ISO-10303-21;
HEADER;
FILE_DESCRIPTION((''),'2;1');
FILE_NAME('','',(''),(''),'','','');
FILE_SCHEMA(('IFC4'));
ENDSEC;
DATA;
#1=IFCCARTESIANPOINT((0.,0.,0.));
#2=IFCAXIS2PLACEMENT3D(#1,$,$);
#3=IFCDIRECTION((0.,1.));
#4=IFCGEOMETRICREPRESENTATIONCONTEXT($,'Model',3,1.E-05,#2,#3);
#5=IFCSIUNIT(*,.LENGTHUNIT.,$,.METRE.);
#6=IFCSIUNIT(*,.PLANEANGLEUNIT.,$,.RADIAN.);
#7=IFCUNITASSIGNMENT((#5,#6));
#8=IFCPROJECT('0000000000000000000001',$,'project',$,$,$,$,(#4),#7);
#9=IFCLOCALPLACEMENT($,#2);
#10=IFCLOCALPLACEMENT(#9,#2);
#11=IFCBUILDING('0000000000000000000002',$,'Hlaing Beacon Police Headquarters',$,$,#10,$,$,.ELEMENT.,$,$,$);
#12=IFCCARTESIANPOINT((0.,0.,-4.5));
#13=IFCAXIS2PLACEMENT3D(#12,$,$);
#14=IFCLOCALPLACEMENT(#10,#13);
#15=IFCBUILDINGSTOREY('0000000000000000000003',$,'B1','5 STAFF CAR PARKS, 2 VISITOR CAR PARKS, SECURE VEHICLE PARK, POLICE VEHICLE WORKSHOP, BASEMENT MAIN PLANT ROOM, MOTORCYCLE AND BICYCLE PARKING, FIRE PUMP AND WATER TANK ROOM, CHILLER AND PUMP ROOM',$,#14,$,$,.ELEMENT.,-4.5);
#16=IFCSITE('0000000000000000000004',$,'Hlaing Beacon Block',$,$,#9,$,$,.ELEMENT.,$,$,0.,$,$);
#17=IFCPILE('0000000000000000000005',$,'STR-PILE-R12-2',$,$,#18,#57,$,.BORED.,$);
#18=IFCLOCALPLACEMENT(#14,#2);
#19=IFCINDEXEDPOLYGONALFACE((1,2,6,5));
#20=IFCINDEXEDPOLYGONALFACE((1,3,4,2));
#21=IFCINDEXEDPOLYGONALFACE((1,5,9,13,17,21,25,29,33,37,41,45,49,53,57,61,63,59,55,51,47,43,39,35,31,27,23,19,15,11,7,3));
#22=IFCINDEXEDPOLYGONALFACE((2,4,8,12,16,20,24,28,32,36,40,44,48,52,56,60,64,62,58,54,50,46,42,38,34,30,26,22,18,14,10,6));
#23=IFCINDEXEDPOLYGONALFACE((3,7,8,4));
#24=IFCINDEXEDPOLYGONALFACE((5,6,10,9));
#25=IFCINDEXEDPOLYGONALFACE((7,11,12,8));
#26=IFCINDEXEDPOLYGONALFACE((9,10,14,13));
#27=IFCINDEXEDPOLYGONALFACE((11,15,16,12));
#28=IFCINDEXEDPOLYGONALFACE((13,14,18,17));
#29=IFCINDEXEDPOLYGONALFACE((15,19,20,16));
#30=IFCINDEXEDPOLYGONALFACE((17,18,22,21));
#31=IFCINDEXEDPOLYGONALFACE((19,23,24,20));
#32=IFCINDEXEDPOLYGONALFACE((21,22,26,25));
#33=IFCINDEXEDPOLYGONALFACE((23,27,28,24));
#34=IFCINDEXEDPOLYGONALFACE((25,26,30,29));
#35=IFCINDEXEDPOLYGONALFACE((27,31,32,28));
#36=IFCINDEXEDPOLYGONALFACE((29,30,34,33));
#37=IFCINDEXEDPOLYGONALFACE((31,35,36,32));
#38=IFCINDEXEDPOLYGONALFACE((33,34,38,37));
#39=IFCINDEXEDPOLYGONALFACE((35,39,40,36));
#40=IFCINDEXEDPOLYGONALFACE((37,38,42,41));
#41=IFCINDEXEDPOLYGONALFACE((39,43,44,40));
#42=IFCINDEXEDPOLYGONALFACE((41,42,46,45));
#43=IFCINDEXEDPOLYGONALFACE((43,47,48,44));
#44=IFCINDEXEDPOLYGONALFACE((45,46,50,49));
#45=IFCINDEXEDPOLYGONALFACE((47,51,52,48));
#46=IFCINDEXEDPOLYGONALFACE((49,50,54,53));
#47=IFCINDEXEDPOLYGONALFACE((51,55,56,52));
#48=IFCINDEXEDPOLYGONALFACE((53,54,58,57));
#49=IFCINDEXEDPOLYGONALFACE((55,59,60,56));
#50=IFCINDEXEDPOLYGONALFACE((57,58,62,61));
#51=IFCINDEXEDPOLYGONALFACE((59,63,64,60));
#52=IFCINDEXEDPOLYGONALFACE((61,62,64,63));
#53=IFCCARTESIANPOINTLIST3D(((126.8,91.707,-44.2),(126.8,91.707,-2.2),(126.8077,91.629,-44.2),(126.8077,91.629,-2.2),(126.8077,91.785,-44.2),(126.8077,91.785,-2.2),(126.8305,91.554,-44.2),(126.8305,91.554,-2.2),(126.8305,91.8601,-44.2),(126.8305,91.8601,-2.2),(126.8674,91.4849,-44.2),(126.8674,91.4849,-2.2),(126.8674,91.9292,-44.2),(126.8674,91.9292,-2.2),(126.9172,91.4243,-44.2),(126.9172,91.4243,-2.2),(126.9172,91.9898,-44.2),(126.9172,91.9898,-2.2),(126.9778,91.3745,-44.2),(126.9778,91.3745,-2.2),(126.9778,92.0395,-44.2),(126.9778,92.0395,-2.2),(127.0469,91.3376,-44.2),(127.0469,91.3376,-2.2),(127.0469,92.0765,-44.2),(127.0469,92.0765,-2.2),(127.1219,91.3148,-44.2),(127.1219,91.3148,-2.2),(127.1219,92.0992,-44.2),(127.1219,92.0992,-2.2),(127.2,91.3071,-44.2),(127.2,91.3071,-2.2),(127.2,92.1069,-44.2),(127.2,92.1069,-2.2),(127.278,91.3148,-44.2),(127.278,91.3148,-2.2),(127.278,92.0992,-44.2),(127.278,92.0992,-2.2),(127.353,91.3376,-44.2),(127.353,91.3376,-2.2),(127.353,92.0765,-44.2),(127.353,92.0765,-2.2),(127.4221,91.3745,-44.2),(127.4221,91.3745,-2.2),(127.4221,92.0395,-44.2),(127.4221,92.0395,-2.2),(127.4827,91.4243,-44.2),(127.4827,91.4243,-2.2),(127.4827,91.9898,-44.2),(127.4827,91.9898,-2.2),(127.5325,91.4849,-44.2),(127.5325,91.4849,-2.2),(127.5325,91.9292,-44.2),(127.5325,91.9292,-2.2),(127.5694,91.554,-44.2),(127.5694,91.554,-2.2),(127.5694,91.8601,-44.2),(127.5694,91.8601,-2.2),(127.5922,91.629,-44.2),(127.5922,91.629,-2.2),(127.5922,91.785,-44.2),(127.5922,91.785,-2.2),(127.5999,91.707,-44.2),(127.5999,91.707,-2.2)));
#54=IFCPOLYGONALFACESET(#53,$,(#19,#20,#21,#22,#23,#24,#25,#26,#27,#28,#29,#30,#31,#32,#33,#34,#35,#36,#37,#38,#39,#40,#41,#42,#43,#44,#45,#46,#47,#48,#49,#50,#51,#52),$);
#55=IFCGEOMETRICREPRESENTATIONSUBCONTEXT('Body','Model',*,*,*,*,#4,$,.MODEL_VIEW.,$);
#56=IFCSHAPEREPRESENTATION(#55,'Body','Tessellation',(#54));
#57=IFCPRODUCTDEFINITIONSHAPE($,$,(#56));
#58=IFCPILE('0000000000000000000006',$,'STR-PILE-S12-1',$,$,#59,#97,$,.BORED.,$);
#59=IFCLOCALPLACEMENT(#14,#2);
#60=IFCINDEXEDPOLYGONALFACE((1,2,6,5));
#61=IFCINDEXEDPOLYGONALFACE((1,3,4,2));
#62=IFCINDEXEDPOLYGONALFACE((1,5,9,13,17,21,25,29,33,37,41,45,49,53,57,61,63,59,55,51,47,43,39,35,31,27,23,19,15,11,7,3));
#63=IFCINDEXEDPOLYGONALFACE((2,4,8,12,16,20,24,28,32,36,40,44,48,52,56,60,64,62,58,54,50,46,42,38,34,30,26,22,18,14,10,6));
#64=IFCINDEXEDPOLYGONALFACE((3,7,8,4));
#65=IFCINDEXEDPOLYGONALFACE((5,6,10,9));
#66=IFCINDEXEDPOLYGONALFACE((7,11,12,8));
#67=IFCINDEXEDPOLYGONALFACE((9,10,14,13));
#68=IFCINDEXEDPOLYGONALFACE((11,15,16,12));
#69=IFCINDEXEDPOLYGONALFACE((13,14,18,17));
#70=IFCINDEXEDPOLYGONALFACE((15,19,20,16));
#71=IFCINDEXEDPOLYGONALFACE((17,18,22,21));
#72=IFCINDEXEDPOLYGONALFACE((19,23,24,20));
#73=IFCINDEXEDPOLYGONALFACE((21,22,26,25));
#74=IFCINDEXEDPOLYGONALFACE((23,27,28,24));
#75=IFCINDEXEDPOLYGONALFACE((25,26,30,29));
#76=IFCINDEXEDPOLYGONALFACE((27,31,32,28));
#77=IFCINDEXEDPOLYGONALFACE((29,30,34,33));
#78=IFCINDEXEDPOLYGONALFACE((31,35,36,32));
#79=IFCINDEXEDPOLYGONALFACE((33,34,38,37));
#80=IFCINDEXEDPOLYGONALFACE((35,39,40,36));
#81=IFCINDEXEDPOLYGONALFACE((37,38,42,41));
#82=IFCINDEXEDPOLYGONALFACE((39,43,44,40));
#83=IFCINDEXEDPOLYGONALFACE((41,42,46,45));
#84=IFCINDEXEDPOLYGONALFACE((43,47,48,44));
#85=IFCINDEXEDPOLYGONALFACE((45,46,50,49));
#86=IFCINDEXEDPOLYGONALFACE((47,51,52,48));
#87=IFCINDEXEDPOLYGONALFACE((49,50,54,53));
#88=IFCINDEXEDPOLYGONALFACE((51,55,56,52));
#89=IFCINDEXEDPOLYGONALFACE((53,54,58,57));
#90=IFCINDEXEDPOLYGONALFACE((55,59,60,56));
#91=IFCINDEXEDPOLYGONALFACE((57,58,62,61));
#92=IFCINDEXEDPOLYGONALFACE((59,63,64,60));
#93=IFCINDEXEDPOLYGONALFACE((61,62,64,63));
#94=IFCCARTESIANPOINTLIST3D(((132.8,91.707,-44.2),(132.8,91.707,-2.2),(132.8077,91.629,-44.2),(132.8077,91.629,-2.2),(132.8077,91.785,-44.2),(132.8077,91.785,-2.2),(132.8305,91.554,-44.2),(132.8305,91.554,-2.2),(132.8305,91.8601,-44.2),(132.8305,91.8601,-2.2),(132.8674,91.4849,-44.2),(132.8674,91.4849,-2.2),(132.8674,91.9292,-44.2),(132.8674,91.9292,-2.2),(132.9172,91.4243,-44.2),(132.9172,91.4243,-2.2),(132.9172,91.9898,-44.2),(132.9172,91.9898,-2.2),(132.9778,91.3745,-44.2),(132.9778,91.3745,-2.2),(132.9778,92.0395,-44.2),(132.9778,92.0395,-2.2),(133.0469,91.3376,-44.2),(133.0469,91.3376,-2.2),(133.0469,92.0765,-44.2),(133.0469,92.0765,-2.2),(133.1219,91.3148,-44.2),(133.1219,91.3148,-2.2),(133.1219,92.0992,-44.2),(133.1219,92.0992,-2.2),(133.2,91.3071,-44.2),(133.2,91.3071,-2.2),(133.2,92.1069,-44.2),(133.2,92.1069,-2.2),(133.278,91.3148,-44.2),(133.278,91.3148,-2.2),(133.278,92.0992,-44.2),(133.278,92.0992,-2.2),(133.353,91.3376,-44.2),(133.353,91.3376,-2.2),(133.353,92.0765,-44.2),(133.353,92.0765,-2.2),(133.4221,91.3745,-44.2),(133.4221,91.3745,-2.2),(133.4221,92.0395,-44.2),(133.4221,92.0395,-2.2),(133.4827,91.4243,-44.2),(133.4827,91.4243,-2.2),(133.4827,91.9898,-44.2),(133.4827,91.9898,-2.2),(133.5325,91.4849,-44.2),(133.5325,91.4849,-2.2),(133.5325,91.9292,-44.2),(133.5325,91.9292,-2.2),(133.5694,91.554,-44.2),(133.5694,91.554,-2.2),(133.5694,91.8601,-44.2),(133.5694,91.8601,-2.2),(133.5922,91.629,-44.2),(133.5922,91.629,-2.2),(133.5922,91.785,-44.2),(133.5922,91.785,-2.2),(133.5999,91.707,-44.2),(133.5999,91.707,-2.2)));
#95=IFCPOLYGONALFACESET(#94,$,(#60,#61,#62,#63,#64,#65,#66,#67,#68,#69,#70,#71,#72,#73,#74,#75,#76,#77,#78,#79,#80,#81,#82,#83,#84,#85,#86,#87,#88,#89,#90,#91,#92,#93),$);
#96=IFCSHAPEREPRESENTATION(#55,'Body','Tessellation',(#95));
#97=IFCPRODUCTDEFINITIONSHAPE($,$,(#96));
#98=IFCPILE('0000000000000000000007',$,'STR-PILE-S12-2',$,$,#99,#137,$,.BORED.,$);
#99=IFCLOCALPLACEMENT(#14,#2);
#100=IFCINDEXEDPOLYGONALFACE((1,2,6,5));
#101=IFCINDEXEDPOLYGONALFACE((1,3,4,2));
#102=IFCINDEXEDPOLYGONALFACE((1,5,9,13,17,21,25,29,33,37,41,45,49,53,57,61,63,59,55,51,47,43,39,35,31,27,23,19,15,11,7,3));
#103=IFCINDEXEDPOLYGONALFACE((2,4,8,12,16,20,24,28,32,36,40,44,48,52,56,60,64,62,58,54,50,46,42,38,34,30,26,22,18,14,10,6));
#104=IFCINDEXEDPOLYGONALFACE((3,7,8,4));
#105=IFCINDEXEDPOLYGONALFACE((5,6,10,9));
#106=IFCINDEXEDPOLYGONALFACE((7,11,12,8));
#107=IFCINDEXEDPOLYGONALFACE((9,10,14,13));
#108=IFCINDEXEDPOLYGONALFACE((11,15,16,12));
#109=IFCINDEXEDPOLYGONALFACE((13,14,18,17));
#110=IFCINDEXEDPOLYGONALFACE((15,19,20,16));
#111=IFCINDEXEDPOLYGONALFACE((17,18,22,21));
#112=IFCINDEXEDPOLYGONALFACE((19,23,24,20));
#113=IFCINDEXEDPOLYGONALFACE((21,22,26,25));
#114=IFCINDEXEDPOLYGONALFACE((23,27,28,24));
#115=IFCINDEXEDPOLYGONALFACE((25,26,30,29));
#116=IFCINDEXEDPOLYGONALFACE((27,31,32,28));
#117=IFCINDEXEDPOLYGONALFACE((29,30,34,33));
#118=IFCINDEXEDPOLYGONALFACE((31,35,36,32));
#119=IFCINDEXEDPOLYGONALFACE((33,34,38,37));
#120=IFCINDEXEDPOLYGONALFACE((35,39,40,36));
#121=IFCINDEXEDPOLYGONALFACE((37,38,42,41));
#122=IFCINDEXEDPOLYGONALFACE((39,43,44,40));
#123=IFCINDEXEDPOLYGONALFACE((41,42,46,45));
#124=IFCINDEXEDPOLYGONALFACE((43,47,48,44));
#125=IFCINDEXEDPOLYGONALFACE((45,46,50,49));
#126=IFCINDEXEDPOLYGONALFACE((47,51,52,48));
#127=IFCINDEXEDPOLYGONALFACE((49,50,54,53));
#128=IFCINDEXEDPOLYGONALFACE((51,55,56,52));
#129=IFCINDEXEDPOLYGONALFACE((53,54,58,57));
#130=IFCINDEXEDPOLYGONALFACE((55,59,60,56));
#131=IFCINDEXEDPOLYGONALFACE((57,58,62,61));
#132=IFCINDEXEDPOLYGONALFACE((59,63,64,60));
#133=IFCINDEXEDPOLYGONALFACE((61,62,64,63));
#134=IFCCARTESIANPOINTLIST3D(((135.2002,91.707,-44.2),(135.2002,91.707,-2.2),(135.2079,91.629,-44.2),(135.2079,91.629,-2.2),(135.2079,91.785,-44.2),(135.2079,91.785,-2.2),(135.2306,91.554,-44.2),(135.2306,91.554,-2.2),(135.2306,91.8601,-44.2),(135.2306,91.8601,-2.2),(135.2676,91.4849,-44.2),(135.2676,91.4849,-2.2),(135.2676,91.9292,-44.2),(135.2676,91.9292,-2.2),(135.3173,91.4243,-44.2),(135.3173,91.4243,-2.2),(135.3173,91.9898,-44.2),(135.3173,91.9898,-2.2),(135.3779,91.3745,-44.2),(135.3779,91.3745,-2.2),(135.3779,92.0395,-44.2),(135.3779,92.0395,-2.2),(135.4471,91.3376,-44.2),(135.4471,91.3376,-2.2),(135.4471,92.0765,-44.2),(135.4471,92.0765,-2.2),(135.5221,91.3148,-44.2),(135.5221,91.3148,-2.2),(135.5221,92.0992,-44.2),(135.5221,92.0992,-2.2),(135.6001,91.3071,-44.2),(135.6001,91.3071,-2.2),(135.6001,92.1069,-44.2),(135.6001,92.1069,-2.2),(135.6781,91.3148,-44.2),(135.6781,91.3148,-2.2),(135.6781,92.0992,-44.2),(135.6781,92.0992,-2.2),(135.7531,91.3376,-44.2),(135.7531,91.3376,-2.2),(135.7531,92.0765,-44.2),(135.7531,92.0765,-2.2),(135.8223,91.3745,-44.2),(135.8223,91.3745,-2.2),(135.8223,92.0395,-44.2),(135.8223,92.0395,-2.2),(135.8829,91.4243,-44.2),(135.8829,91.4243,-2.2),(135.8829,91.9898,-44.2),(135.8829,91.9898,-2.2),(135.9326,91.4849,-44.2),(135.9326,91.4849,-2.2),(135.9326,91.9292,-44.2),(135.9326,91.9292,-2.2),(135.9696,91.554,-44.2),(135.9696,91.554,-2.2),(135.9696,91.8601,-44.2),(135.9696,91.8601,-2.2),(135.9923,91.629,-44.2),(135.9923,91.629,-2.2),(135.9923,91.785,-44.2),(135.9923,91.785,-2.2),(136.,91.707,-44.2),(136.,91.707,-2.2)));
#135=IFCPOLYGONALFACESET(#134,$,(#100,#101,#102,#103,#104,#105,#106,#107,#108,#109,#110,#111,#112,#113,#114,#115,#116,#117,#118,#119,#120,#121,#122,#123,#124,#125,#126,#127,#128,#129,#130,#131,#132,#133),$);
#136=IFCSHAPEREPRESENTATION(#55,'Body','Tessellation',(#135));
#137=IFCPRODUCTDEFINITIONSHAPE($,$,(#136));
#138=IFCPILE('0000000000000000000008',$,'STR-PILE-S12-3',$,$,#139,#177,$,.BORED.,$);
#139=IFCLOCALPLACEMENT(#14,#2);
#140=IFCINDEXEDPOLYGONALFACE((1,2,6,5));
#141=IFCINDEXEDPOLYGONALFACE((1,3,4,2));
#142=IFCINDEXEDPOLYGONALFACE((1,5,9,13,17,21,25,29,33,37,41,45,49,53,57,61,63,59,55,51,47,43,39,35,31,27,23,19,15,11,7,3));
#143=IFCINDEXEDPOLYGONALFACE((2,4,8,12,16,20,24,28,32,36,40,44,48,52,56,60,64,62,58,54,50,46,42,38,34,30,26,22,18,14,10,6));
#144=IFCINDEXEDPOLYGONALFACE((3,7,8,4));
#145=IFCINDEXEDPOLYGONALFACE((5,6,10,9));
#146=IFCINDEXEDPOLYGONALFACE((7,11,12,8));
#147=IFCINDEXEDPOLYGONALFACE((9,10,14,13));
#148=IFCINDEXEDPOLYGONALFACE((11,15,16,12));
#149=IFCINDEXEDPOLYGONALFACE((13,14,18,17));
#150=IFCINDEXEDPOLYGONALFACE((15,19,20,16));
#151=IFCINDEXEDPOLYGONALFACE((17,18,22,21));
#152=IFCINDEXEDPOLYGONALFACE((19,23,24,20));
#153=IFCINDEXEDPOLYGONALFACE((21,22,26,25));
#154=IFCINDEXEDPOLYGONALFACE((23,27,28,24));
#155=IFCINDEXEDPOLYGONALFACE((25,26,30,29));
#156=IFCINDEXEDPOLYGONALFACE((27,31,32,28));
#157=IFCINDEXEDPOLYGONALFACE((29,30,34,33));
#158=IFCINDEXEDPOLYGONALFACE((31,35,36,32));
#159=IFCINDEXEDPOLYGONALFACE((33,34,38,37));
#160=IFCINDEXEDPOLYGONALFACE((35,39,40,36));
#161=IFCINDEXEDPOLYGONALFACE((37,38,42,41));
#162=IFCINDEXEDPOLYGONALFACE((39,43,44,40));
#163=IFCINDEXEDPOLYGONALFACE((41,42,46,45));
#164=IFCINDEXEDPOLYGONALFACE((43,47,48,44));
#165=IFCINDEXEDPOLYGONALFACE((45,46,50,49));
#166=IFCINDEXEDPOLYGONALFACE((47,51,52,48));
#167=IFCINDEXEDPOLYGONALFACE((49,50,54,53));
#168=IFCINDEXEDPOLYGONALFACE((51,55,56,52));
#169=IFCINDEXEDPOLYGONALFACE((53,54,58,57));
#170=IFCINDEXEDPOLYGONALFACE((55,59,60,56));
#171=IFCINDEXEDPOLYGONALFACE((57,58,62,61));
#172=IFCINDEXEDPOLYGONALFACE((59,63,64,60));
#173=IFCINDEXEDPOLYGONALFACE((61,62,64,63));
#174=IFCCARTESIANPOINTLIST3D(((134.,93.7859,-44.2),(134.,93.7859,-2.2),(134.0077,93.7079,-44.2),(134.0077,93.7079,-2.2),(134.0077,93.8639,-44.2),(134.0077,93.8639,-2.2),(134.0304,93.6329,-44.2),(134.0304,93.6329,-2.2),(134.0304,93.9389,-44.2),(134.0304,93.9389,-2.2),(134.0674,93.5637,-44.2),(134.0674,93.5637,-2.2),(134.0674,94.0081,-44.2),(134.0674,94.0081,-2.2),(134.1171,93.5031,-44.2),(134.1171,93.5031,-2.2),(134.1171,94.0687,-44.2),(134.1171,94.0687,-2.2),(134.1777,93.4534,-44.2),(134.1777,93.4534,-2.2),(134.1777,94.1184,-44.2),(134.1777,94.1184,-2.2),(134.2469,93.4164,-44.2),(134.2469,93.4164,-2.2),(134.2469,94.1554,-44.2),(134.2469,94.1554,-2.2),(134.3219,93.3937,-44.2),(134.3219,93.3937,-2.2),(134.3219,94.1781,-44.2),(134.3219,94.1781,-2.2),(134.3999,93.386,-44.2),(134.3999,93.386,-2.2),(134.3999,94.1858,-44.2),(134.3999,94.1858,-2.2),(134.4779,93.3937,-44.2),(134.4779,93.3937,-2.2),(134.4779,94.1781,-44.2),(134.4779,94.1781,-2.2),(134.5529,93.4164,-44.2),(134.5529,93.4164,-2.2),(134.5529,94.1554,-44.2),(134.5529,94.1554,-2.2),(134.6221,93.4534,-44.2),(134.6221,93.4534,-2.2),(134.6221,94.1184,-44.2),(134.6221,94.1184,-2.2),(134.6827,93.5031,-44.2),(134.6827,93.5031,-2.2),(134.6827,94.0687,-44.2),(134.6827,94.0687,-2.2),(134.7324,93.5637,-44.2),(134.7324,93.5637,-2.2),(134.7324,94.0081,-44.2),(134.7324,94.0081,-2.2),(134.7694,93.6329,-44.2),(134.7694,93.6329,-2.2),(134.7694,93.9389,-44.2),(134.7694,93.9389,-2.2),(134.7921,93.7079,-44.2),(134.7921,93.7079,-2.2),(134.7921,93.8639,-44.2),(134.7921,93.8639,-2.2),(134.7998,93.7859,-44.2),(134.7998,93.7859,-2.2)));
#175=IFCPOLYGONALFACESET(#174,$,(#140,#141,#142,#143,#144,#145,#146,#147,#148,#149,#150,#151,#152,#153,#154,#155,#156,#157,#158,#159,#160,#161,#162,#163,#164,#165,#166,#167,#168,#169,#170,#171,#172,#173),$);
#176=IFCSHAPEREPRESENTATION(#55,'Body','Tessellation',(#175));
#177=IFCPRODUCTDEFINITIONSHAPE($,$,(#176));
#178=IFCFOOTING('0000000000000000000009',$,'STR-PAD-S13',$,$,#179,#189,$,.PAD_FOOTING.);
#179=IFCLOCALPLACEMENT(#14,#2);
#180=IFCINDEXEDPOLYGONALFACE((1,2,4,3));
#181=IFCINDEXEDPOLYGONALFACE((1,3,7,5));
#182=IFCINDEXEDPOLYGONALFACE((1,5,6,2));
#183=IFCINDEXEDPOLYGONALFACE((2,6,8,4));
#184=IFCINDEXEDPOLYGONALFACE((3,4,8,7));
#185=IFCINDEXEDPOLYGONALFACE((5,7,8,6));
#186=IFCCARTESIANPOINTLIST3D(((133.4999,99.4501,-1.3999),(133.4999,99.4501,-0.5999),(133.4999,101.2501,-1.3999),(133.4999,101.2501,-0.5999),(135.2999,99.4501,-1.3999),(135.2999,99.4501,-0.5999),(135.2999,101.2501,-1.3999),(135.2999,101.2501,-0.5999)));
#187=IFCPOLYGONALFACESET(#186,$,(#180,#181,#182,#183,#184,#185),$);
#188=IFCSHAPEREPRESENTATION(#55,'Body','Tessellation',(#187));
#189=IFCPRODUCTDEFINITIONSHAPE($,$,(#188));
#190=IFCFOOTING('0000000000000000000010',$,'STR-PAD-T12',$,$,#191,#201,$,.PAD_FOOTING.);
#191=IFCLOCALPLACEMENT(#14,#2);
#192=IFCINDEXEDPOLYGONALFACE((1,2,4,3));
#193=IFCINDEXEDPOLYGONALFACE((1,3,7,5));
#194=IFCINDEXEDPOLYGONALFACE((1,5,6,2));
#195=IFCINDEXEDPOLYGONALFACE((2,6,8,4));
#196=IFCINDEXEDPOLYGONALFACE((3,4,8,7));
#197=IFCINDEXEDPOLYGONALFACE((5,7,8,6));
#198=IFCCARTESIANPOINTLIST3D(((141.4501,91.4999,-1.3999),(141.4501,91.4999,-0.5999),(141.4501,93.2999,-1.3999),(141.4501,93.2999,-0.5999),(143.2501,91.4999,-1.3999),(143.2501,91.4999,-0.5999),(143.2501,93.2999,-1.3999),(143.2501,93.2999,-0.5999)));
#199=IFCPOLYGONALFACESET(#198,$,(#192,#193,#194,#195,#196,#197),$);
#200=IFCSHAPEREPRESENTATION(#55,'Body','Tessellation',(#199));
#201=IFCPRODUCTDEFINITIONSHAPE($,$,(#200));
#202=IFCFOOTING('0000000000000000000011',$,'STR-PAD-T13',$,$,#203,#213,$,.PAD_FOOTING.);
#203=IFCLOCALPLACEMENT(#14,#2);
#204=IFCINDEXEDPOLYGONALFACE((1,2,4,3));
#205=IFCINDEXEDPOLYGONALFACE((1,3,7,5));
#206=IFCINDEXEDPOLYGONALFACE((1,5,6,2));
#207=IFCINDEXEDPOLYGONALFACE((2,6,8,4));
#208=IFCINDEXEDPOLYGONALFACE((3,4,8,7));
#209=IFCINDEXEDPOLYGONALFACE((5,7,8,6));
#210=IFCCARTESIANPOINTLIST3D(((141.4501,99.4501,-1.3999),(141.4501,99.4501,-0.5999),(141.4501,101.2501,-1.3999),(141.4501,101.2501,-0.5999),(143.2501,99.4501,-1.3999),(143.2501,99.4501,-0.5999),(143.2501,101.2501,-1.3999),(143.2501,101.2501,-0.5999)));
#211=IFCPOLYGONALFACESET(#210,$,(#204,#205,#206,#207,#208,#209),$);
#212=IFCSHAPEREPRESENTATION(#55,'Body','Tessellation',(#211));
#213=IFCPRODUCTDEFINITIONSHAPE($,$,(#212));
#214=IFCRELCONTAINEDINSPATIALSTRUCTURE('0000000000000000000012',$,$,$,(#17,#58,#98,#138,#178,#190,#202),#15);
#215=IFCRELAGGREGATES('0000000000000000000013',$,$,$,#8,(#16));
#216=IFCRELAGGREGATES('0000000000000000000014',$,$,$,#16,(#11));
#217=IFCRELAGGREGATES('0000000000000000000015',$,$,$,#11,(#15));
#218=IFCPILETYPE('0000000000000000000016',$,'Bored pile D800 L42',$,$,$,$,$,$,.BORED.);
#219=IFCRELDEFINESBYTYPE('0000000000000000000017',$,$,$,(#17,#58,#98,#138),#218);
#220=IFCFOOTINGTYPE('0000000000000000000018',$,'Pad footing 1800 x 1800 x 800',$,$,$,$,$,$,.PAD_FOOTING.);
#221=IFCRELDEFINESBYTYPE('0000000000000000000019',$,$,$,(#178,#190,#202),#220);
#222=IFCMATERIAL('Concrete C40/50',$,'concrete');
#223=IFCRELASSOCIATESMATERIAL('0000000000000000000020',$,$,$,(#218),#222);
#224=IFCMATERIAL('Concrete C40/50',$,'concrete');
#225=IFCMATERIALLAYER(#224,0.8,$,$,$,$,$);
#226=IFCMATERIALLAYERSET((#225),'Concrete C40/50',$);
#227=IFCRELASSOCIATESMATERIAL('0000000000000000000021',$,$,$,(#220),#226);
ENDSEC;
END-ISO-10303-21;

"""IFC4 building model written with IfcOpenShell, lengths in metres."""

from ifc_helpers import new_model, si_unit, direction, frame, origin, origin_2d, place, context, subcontext, project, spatial, rectangle, circle, extrude, material, layer, layer_set, material_profile, profile_set, type_object, element, save


model = new_model("IFC4")

# Units and contexts
model_context = context("Model", 3, precision=1e-05, world=origin(), true_north=direction((0.0, 1.0)))
body_context = subcontext(model_context, "Body", "Model", "MODEL_VIEW")
ifc_project = project(units=[si_unit("LENGTHUNIT", "METRE"), si_unit("PLANEANGLEUNIT", "RADIAN")], contexts=[model_context])

# Site, building, storey
site_placement = place(None, origin())
site = spatial("IfcSite", under=ifc_project, at=site_placement, Name="Hlaing Beacon Block", CompositionType="ELEMENT", RefElevation=0.0)
building_placement = place(site_placement, origin())
building = spatial("IfcBuilding", under=site, at=building_placement, Name="Hlaing Beacon Police Headquarters", CompositionType="ELEMENT")
storey_placement = place(building_placement, frame((0.0, 0.0, -4.5)))
storey = spatial("IfcBuildingStorey", under=building, at=storey_placement, Name="B1", Description="5 STAFF CAR PARKS, 2 VISITOR CAR PARKS, SECURE VEHICLE PARK, POLICE VEHICLE WORKSHOP, BASEMENT MAIN PLANT ROOM, MOTORCYCLE AND BICYCLE PARKING, FIRE PUMP AND WATER TANK ROOM, CHILLER AND PUMP ROOM", CompositionType="ELEMENT", Elevation=-4.5)

# Piles
ifc_material_1 = material(Name="Concrete C40/50", Category="concrete")
ifc_material_profile_1 = material_profile(ifc_material_1, circle(Radius=0.3999, at=origin_2d()), Name="D800")
ifc_profile_set_1 = profile_set([ifc_material_profile_1], Name="Concrete C40/50")
pile_type_1 = type_object("IfcPileType", Name="Bored pile D800 L42", PredefinedType="BORED", material=ifc_profile_set_1)
for number, where, z_axis, x_axis, name in (
    (1, (127.2, 91.707, -2.2), (0.0, 0.0, -1.0), (1.0, 0.0, 0.0), "STR-PILE-R12-2"),
    (2, (133.2, 91.707, -2.2), (0.0, 0.0, -1.0), (1.0, 0.0, 0.0), "STR-PILE-S12-1"),
    (3, (135.6001, 91.707, -2.2), (0.0, 0.0, -1.0), (1.0, 0.0, 0.0), "STR-PILE-S12-2"),
    (4, (134.3999, 93.7859, -2.2), (0.0, 0.0, -1.0), (1.0, 0.0, 0.0), "STR-PILE-S12-3"),
):
    element("IfcPile", number, at=place(storey_placement, frame(where, z_axis=z_axis, x_axis=x_axis)), inside=storey, type_object=pile_type_1, Name=name, PredefinedType="BORED", context=body_context, shape_type="SweptSolid", body=[
        extrude(circle(Radius=0.3999, at=origin_2d()), origin(), (0.0, 0.0, 1.0), 42.0),
    ])

# Footings
ifc_material_2 = material(Name="Concrete C40/50", Category="concrete")
ifc_layer_1 = layer(ifc_material_2, 0.8)
ifc_layer_set_1 = layer_set([ifc_layer_1], Name="Concrete C40/50")
footing_type_1 = type_object("IfcFootingType", Name="Pad footing 1800 x 1800 x 800", PredefinedType="PAD_FOOTING", material=ifc_layer_set_1)
for number, where, z_axis, x_axis, name in (
    (5, (134.3999, 100.3501, -1.3999), (0.0, 0.0, 1.0), (1.0, 0.0, 0.0), "STR-PAD-S13"),
    (6, (142.3501, 92.3999, -1.3999), (0.0, 0.0, 1.0), (1.0, 0.0, 0.0), "STR-PAD-T12"),
    (7, (142.3501, 100.3501, -1.3999), (0.0, 0.0, 1.0), (1.0, 0.0, 0.0), "STR-PAD-T13"),
):
    element("IfcFooting", number, at=place(storey_placement, frame(where, z_axis=z_axis, x_axis=x_axis)), inside=storey, type_object=footing_type_1, Name=name, PredefinedType="PAD_FOOTING", context=body_context, shape_type="SweptSolid", body=[
        extrude(rectangle(XDim=1.8, YDim=1.8, at=origin_2d()), origin(), (0.0, 0.0, 1.0), 0.8),
    ])

save(model, "model.ifc")
